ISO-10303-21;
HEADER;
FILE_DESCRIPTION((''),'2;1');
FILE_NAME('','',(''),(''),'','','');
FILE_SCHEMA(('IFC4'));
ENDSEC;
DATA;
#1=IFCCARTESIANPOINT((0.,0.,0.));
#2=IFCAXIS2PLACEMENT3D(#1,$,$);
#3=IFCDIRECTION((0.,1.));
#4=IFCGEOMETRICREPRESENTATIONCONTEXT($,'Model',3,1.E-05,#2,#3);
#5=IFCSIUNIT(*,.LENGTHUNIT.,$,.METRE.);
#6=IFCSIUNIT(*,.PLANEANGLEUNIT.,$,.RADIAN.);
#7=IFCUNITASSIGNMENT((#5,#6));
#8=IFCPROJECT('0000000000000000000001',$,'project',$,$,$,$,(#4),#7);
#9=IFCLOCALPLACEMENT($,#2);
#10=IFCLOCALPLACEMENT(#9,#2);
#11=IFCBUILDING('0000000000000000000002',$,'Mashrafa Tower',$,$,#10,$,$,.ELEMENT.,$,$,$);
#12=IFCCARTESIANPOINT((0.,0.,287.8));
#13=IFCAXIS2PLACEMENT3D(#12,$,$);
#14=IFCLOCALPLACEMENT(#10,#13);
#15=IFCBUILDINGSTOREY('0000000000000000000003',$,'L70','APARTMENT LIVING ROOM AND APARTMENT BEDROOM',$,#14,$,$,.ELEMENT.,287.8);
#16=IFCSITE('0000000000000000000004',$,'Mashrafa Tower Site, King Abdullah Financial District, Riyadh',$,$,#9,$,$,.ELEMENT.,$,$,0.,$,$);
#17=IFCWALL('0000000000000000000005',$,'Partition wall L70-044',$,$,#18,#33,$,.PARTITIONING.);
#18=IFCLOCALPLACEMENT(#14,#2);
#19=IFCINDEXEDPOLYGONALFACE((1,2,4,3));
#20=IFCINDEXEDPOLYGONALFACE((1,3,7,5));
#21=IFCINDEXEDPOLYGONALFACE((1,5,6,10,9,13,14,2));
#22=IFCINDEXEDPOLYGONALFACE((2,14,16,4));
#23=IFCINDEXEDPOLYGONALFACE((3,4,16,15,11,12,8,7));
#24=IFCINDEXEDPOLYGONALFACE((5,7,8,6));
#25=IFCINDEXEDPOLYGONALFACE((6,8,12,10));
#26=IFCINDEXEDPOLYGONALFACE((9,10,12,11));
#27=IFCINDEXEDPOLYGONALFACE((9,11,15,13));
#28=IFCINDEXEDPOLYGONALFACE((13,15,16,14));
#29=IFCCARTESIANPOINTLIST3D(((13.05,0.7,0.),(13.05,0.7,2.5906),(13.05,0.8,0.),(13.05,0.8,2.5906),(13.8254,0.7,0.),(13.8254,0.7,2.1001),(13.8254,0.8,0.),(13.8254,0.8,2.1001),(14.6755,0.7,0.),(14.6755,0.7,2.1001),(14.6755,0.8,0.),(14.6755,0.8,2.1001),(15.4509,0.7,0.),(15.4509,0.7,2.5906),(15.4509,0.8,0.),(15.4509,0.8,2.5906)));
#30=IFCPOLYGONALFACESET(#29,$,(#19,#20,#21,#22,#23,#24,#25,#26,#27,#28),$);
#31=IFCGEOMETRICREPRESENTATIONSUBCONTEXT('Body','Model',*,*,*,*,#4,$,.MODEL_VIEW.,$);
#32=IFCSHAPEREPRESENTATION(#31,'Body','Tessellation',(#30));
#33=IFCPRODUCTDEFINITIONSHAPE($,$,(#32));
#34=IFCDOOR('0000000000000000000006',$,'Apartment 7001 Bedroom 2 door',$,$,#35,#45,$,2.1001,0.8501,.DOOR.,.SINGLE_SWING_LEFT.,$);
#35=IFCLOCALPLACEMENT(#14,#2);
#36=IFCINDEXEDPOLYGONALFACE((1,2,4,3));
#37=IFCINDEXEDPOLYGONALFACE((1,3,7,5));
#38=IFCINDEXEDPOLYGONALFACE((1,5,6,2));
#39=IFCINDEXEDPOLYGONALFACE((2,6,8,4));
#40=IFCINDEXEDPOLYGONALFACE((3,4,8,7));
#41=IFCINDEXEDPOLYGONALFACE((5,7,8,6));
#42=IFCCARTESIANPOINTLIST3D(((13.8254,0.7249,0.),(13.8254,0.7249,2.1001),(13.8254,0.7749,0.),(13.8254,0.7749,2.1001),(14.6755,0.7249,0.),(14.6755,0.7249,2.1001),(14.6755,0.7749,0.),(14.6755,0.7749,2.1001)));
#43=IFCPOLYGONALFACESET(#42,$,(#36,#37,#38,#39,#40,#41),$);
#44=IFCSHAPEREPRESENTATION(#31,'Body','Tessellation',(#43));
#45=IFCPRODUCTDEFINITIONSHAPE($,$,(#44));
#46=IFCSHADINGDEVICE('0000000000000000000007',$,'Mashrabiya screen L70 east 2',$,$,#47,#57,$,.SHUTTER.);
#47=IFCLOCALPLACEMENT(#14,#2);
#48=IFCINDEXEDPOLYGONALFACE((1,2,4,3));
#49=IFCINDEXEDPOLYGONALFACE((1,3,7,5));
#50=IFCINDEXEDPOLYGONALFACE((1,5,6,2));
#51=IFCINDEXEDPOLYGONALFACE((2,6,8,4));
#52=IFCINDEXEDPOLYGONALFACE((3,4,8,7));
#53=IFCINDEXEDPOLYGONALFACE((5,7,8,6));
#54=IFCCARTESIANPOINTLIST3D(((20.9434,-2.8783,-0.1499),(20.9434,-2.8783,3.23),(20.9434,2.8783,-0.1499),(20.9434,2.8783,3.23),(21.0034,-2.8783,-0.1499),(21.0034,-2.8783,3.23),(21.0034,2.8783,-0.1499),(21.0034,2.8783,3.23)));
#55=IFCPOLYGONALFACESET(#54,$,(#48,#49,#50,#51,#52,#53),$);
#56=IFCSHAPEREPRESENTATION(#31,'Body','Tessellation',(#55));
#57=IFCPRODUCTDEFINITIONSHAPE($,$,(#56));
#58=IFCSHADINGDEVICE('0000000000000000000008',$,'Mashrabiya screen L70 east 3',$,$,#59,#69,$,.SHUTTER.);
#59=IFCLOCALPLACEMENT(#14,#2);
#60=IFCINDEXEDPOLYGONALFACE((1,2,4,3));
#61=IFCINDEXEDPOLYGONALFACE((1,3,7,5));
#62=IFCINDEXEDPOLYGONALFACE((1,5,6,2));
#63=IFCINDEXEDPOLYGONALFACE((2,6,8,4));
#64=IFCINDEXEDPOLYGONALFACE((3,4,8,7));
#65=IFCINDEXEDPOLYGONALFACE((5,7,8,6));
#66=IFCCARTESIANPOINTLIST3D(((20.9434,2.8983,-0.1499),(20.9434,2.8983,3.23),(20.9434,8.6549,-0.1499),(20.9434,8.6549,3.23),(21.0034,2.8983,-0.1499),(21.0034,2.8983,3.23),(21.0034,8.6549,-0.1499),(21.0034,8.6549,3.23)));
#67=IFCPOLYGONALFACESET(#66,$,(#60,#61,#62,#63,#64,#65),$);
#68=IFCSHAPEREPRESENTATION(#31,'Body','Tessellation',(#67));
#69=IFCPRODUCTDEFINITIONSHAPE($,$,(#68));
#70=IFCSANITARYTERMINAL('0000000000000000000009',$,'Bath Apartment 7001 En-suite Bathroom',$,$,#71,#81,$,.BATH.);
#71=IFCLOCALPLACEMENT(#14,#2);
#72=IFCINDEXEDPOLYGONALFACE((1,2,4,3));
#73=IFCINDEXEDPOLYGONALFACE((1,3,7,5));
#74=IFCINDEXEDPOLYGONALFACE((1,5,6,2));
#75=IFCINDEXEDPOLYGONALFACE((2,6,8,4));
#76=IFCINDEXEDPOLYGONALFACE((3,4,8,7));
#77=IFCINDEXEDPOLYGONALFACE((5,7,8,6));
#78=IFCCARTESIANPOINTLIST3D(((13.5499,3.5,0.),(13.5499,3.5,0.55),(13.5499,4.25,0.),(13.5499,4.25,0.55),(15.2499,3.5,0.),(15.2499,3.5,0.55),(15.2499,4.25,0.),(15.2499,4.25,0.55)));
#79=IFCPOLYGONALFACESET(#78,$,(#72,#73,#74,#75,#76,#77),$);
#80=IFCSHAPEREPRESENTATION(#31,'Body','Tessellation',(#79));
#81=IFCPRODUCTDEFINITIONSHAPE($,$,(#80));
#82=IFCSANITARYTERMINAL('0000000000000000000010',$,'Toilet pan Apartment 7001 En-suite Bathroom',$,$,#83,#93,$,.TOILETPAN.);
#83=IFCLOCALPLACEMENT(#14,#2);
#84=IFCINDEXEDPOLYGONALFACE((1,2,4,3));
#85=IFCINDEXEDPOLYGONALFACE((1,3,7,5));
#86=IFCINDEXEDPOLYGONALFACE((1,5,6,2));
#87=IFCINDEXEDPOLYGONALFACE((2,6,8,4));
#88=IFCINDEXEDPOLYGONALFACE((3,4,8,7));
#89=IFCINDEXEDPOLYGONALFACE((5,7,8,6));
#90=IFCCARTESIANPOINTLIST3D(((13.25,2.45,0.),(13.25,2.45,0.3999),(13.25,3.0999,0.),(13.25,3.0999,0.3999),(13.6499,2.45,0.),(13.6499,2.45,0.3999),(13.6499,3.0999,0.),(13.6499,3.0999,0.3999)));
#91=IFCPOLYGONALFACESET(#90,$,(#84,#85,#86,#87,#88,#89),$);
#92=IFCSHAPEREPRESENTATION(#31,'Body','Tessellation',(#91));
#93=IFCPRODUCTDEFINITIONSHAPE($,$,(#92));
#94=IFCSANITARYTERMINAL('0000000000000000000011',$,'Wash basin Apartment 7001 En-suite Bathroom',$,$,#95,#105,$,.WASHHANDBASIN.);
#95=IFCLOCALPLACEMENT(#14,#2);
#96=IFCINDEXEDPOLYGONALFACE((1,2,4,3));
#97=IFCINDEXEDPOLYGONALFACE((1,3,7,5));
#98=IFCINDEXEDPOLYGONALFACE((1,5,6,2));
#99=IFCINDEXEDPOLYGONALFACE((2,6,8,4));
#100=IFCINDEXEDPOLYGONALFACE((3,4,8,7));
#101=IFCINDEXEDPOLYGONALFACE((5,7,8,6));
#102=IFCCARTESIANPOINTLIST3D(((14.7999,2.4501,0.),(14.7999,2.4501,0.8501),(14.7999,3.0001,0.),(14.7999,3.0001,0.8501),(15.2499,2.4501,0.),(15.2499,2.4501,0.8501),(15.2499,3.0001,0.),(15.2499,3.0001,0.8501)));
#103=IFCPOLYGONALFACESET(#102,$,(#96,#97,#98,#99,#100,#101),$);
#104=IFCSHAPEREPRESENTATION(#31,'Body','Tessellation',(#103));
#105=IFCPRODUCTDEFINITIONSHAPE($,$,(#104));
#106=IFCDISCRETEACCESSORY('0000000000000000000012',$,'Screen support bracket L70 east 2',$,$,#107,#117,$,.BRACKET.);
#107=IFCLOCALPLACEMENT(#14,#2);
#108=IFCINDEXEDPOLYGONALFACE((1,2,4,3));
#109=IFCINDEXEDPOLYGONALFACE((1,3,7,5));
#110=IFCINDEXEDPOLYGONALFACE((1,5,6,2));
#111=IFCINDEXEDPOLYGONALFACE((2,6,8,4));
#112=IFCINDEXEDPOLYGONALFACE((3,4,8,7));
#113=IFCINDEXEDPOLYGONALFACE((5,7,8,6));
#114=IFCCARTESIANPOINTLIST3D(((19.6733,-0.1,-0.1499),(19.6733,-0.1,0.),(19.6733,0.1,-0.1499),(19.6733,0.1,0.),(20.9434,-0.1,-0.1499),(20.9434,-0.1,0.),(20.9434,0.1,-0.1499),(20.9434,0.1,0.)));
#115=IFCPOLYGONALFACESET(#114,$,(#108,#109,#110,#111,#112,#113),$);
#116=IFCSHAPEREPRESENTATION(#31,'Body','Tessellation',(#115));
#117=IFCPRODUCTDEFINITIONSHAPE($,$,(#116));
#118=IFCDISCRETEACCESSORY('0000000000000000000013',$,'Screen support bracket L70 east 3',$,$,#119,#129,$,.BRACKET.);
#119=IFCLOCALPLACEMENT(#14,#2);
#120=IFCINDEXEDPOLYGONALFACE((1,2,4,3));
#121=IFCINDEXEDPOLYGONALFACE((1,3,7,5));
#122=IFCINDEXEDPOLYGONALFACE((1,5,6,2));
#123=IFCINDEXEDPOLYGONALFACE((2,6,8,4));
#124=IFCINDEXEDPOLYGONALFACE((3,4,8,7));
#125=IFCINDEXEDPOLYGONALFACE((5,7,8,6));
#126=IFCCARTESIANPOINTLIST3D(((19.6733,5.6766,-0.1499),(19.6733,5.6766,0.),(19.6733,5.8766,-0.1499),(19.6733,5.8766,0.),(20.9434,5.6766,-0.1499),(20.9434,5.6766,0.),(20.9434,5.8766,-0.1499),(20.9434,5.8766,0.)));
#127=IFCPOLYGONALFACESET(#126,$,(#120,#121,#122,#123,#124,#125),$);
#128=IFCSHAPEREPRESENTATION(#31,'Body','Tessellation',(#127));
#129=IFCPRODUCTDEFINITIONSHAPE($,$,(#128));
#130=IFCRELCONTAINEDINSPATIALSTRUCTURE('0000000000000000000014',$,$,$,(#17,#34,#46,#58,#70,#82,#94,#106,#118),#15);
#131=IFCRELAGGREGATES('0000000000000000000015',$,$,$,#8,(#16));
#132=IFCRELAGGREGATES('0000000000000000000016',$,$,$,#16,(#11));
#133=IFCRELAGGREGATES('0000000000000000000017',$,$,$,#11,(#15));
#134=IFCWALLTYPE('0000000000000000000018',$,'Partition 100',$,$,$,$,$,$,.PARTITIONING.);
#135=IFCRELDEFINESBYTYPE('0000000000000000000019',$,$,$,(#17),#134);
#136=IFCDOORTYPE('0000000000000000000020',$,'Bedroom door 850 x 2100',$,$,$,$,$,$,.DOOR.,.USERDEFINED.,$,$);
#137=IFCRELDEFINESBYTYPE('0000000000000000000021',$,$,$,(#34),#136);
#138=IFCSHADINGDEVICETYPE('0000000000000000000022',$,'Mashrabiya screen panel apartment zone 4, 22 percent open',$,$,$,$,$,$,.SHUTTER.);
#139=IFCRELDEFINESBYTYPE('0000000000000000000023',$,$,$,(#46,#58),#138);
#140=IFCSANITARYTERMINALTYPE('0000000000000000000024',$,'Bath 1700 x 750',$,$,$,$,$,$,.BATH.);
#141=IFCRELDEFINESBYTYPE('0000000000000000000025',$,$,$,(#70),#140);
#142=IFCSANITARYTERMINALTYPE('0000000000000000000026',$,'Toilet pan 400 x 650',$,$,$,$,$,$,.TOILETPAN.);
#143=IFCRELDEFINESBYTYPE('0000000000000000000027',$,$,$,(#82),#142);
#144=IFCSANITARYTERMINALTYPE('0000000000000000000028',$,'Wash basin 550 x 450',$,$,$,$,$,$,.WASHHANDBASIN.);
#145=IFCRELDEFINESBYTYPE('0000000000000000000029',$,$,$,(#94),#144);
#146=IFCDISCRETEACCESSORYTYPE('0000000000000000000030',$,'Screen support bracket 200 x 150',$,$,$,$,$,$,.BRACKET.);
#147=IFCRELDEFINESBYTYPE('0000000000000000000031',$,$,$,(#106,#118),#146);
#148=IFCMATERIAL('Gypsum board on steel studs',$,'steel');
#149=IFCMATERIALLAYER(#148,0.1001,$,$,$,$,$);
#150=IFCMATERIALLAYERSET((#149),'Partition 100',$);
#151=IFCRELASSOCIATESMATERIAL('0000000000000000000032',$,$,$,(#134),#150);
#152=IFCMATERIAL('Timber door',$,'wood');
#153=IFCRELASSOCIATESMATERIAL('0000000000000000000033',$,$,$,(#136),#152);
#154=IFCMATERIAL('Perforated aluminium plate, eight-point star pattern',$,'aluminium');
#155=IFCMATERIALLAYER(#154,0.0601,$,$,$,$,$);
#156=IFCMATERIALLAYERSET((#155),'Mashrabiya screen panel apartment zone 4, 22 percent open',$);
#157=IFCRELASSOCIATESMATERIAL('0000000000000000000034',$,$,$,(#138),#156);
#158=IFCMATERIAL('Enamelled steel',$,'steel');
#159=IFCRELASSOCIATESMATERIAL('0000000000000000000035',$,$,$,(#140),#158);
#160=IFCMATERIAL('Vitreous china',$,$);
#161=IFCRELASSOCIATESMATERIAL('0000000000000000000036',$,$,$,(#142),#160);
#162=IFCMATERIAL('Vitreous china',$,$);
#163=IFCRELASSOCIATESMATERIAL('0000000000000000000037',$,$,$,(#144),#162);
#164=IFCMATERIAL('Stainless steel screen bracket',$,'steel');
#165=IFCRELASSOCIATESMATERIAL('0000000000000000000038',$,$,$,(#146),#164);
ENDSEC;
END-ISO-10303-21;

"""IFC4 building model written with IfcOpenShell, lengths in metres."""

from ifc_helpers import new_model, si_unit, direction, frame, frame_2d, origin, origin_2d, place, context, subcontext, project, spatial, rectangle, extrude, source, transform, mapped, material, layer, layer_set, type_object, type_shapes, element, fill, save


model = new_model("IFC4")

# Units and contexts
model_context = context("Model", 3, precision=1e-05, world=origin(), true_north=direction((0.0, 1.0)))
body_context = subcontext(model_context, "Body", "Model", "MODEL_VIEW")
ifc_project = project(units=[si_unit("LENGTHUNIT", "METRE"), si_unit("PLANEANGLEUNIT", "RADIAN")], contexts=[model_context])

# Site, building, storey
site_placement = place(None, origin())
site = spatial("IfcSite", under=ifc_project, at=site_placement, Name="Mashrafa Tower Site, King Abdullah Financial District, Riyadh", CompositionType="ELEMENT", RefElevation=0.0)
building_placement = place(site_placement, origin())
building = spatial("IfcBuilding", under=site, at=building_placement, Name="Mashrafa Tower", CompositionType="ELEMENT")
storey_placement = place(building_placement, frame((0.0, 0.0, 287.8)))
storey = spatial("IfcBuildingStorey", under=building, at=storey_placement, Name="L70", Description="APARTMENT LIVING ROOM AND APARTMENT BEDROOM", CompositionType="ELEMENT", Elevation=287.8)

# Shared definitions
ifc_material_1 = material(Name="Gypsum board on steel studs", Category="steel")
ifc_layer_1 = layer(ifc_material_1, 0.1001)
ifc_layer_set_1 = layer_set([ifc_layer_1], Name="Partition 100")
wall_type_1 = type_object("IfcWallType", Name="Partition 100", PredefinedType="PARTITIONING", material=ifc_layer_set_1)

# Wall, opening, door
wall_1_placement = place(storey_placement, frame((13.05, 0.75, 0.0), z_axis=(0.0, 0.0, 1.0), x_axis=(1.0, 0.0, 0.0)))
wall_1 = element("IfcWall", 1, at=wall_1_placement, inside=storey, type_object=wall_type_1, Name="Partition wall L70-044", PredefinedType="PARTITIONING", context=body_context, shape_type="SweptSolid", body=[
    extrude(rectangle(XDim=2.4009, YDim=0.1001, at=frame_2d((1.2004, 0.0))), origin(), (0.0, 0.0, 1.0), 2.5906),
])
opening_1_placement = place(wall_1_placement, frame((0.7754, 0.0, 0.0)))
opening_1 = element("IfcOpeningElement", 2, at=opening_1_placement, cuts=wall_1, PredefinedType="OPENING", context=body_context, shape_type="SweptSolid", body=[
    extrude(rectangle(XDim=0.8501, YDim=2.1001, at=frame_2d((0.425, 1.05))), frame((0.0, 0.0601, 0.0), z_axis=(0.0, -1.0, 0.0), x_axis=(1.0, 0.0, 0.0)), (0.0, 0.0, 1.0), 0.1201),
])
ifc_material_2 = material(Name="Timber door", Category="wood")
door_type_1 = type_object("IfcDoorType", Name="Bedroom door 850 x 2100", OperationType="USERDEFINED", PredefinedType="DOOR", material=ifc_material_2)
door_1_placement = place(opening_1_placement, origin())
door_1 = element("IfcDoor", 3, at=door_1_placement, inside=storey, type_object=door_type_1, Name="Apartment 7001 Bedroom 2 door", OperationType="SINGLE_SWING_LEFT", OverallHeight=2.1001, OverallWidth=0.8501, PredefinedType="DOOR", context=body_context, shape_type="SweptSolid", body=[
    extrude(rectangle(XDim=0.8501, YDim=2.1001, at=frame_2d((0.425, 1.05))), frame((0.0, 0.0249, 0.0), z_axis=(0.0, -1.0, 0.0), x_axis=(1.0, 0.0, 0.0)), (0.0, 0.0, 1.0), 0.05),
])
fill(opening_1, door_1)

# Shading devices
ifc_material_3 = material(Name="Perforated aluminium plate, eight-point star pattern", Category="aluminium")
ifc_layer_2 = layer(ifc_material_3, 0.0601)
ifc_layer_set_2 = layer_set([ifc_layer_2], Name="Mashrabiya screen panel apartment zone 4, 22 percent open")
shading_device_type = type_object("IfcShadingDeviceType", Name="Mashrabiya screen panel apartment zone 4, 22 percent open", PredefinedType="SHUTTER", material=ifc_layer_set_2)
shared_shape_1 = source(origin(), body_context, "Body", "SweptSolid", [
    extrude(rectangle(XDim=5.7566, YDim=0.0601, at=origin_2d()), origin(), (0.0, 0.0, 1.0), 3.3799),
])
type_shapes(shading_device_type, [shared_shape_1])
for number, where, z_axis, x_axis, name in (
    (4, (20.9734, 0.0, -0.1499), (0.0, 0.0, 1.0), (0.0, 1.0, 0.0), "Mashrabiya screen L70 east 2"),
    (5, (20.9734, 5.7766, -0.1499), (0.0, 0.0, 1.0), (0.0, 1.0, 0.0), "Mashrabiya screen L70 east 3"),
):
    element("IfcShadingDevice", number, at=place(storey_placement, frame(where, z_axis=z_axis, x_axis=x_axis)), inside=storey, type_object=shading_device_type, Name=name, PredefinedType="SHUTTER", context=body_context, shape_type="MappedRepresentation", body=[
        mapped(shared_shape_1, transform((0.0, 0.0, 0.0))),
    ])

# Sanitary terminals
ifc_material_4 = material(Name="Enamelled steel", Category="steel")
sanitary_terminal_type_1 = type_object("IfcSanitaryTerminalType", Name="Bath 1700 x 750", PredefinedType="BATH", material=ifc_material_4)
sanitary_terminal_1_placement = place(storey_placement, frame((14.3999, 3.875, 0.0), z_axis=(0.0, 0.0, 1.0), x_axis=(-1.0, 0.0, 0.0)))
element("IfcSanitaryTerminal", 6, at=sanitary_terminal_1_placement, inside=storey, type_object=sanitary_terminal_type_1, Name="Bath Apartment 7001 En-suite Bathroom", PredefinedType="BATH", context=body_context, shape_type="SweptSolid", body=[
    extrude(rectangle(XDim=1.7, YDim=0.75, at=origin_2d()), origin(), (0.0, 0.0, 1.0), 0.55),
])
ifc_material_5 = material(Name="Vitreous china")
sanitary_terminal_type_2 = type_object("IfcSanitaryTerminalType", Name="Toilet pan 400 x 650", PredefinedType="TOILETPAN", material=ifc_material_5)
sanitary_terminal_2_placement = place(storey_placement, frame((13.45, 2.7749, 0.0), z_axis=(0.0, 0.0, 1.0), x_axis=(1.0, 0.0, 0.0)))
element("IfcSanitaryTerminal", 7, at=sanitary_terminal_2_placement, inside=storey, type_object=sanitary_terminal_type_2, Name="Toilet pan Apartment 7001 En-suite Bathroom", PredefinedType="TOILETPAN", context=body_context, shape_type="SweptSolid", body=[
    extrude(rectangle(XDim=0.3999, YDim=0.6499, at=origin_2d()), origin(), (0.0, 0.0, 1.0), 0.3999),
])
ifc_material_6 = material(Name="Vitreous china")
sanitary_terminal_type_3 = type_object("IfcSanitaryTerminalType", Name="Wash basin 550 x 450", PredefinedType="WASHHANDBASIN", material=ifc_material_6)
sanitary_terminal_3_placement = place(storey_placement, frame((15.0249, 2.7251, 0.0), z_axis=(0.0, 0.0, 1.0), x_axis=(0.0, 1.0, 0.0)))
element("IfcSanitaryTerminal", 8, at=sanitary_terminal_3_placement, inside=storey, type_object=sanitary_terminal_type_3, Name="Wash basin Apartment 7001 En-suite Bathroom", PredefinedType="WASHHANDBASIN", context=body_context, shape_type="SweptSolid", body=[
    extrude(rectangle(XDim=0.55, YDim=0.45, at=origin_2d()), origin(), (0.0, 0.0, 1.0), 0.8501),
])

# Discrete accessories
ifc_material_7 = material(Name="Stainless steel screen bracket", Category="steel")
discrete_accessory_type = type_object("IfcDiscreteAccessoryType", Name="Screen support bracket 200 x 150", PredefinedType="BRACKET", material=ifc_material_7)
shared_shape_2 = source(origin(), body_context, "Body", "SweptSolid", [
    extrude(rectangle(XDim=0.2, YDim=1.27, at=origin_2d()), origin(), (0.0, 0.0, 1.0), 0.1499),
])
type_shapes(discrete_accessory_type, [shared_shape_2])
for number, where, z_axis, x_axis, name in (
    (9, (20.3083, 0.0, -0.1499), (0.0, 0.0, 1.0), (0.0, 1.0, 0.0), "Screen support bracket L70 east 2"),
    (10, (20.3083, 5.7766, -0.1499), (0.0, 0.0, 1.0), (0.0, 1.0, 0.0), "Screen support bracket L70 east 3"),
):
    element("IfcDiscreteAccessory", number, at=place(storey_placement, frame(where, z_axis=z_axis, x_axis=x_axis)), inside=storey, type_object=discrete_accessory_type, Name=name, PredefinedType="BRACKET", context=body_context, shape_type="MappedRepresentation", body=[
        mapped(shared_shape_2, transform((0.0, 0.0, 0.0))),
    ])

save(model, "model.ifc")
